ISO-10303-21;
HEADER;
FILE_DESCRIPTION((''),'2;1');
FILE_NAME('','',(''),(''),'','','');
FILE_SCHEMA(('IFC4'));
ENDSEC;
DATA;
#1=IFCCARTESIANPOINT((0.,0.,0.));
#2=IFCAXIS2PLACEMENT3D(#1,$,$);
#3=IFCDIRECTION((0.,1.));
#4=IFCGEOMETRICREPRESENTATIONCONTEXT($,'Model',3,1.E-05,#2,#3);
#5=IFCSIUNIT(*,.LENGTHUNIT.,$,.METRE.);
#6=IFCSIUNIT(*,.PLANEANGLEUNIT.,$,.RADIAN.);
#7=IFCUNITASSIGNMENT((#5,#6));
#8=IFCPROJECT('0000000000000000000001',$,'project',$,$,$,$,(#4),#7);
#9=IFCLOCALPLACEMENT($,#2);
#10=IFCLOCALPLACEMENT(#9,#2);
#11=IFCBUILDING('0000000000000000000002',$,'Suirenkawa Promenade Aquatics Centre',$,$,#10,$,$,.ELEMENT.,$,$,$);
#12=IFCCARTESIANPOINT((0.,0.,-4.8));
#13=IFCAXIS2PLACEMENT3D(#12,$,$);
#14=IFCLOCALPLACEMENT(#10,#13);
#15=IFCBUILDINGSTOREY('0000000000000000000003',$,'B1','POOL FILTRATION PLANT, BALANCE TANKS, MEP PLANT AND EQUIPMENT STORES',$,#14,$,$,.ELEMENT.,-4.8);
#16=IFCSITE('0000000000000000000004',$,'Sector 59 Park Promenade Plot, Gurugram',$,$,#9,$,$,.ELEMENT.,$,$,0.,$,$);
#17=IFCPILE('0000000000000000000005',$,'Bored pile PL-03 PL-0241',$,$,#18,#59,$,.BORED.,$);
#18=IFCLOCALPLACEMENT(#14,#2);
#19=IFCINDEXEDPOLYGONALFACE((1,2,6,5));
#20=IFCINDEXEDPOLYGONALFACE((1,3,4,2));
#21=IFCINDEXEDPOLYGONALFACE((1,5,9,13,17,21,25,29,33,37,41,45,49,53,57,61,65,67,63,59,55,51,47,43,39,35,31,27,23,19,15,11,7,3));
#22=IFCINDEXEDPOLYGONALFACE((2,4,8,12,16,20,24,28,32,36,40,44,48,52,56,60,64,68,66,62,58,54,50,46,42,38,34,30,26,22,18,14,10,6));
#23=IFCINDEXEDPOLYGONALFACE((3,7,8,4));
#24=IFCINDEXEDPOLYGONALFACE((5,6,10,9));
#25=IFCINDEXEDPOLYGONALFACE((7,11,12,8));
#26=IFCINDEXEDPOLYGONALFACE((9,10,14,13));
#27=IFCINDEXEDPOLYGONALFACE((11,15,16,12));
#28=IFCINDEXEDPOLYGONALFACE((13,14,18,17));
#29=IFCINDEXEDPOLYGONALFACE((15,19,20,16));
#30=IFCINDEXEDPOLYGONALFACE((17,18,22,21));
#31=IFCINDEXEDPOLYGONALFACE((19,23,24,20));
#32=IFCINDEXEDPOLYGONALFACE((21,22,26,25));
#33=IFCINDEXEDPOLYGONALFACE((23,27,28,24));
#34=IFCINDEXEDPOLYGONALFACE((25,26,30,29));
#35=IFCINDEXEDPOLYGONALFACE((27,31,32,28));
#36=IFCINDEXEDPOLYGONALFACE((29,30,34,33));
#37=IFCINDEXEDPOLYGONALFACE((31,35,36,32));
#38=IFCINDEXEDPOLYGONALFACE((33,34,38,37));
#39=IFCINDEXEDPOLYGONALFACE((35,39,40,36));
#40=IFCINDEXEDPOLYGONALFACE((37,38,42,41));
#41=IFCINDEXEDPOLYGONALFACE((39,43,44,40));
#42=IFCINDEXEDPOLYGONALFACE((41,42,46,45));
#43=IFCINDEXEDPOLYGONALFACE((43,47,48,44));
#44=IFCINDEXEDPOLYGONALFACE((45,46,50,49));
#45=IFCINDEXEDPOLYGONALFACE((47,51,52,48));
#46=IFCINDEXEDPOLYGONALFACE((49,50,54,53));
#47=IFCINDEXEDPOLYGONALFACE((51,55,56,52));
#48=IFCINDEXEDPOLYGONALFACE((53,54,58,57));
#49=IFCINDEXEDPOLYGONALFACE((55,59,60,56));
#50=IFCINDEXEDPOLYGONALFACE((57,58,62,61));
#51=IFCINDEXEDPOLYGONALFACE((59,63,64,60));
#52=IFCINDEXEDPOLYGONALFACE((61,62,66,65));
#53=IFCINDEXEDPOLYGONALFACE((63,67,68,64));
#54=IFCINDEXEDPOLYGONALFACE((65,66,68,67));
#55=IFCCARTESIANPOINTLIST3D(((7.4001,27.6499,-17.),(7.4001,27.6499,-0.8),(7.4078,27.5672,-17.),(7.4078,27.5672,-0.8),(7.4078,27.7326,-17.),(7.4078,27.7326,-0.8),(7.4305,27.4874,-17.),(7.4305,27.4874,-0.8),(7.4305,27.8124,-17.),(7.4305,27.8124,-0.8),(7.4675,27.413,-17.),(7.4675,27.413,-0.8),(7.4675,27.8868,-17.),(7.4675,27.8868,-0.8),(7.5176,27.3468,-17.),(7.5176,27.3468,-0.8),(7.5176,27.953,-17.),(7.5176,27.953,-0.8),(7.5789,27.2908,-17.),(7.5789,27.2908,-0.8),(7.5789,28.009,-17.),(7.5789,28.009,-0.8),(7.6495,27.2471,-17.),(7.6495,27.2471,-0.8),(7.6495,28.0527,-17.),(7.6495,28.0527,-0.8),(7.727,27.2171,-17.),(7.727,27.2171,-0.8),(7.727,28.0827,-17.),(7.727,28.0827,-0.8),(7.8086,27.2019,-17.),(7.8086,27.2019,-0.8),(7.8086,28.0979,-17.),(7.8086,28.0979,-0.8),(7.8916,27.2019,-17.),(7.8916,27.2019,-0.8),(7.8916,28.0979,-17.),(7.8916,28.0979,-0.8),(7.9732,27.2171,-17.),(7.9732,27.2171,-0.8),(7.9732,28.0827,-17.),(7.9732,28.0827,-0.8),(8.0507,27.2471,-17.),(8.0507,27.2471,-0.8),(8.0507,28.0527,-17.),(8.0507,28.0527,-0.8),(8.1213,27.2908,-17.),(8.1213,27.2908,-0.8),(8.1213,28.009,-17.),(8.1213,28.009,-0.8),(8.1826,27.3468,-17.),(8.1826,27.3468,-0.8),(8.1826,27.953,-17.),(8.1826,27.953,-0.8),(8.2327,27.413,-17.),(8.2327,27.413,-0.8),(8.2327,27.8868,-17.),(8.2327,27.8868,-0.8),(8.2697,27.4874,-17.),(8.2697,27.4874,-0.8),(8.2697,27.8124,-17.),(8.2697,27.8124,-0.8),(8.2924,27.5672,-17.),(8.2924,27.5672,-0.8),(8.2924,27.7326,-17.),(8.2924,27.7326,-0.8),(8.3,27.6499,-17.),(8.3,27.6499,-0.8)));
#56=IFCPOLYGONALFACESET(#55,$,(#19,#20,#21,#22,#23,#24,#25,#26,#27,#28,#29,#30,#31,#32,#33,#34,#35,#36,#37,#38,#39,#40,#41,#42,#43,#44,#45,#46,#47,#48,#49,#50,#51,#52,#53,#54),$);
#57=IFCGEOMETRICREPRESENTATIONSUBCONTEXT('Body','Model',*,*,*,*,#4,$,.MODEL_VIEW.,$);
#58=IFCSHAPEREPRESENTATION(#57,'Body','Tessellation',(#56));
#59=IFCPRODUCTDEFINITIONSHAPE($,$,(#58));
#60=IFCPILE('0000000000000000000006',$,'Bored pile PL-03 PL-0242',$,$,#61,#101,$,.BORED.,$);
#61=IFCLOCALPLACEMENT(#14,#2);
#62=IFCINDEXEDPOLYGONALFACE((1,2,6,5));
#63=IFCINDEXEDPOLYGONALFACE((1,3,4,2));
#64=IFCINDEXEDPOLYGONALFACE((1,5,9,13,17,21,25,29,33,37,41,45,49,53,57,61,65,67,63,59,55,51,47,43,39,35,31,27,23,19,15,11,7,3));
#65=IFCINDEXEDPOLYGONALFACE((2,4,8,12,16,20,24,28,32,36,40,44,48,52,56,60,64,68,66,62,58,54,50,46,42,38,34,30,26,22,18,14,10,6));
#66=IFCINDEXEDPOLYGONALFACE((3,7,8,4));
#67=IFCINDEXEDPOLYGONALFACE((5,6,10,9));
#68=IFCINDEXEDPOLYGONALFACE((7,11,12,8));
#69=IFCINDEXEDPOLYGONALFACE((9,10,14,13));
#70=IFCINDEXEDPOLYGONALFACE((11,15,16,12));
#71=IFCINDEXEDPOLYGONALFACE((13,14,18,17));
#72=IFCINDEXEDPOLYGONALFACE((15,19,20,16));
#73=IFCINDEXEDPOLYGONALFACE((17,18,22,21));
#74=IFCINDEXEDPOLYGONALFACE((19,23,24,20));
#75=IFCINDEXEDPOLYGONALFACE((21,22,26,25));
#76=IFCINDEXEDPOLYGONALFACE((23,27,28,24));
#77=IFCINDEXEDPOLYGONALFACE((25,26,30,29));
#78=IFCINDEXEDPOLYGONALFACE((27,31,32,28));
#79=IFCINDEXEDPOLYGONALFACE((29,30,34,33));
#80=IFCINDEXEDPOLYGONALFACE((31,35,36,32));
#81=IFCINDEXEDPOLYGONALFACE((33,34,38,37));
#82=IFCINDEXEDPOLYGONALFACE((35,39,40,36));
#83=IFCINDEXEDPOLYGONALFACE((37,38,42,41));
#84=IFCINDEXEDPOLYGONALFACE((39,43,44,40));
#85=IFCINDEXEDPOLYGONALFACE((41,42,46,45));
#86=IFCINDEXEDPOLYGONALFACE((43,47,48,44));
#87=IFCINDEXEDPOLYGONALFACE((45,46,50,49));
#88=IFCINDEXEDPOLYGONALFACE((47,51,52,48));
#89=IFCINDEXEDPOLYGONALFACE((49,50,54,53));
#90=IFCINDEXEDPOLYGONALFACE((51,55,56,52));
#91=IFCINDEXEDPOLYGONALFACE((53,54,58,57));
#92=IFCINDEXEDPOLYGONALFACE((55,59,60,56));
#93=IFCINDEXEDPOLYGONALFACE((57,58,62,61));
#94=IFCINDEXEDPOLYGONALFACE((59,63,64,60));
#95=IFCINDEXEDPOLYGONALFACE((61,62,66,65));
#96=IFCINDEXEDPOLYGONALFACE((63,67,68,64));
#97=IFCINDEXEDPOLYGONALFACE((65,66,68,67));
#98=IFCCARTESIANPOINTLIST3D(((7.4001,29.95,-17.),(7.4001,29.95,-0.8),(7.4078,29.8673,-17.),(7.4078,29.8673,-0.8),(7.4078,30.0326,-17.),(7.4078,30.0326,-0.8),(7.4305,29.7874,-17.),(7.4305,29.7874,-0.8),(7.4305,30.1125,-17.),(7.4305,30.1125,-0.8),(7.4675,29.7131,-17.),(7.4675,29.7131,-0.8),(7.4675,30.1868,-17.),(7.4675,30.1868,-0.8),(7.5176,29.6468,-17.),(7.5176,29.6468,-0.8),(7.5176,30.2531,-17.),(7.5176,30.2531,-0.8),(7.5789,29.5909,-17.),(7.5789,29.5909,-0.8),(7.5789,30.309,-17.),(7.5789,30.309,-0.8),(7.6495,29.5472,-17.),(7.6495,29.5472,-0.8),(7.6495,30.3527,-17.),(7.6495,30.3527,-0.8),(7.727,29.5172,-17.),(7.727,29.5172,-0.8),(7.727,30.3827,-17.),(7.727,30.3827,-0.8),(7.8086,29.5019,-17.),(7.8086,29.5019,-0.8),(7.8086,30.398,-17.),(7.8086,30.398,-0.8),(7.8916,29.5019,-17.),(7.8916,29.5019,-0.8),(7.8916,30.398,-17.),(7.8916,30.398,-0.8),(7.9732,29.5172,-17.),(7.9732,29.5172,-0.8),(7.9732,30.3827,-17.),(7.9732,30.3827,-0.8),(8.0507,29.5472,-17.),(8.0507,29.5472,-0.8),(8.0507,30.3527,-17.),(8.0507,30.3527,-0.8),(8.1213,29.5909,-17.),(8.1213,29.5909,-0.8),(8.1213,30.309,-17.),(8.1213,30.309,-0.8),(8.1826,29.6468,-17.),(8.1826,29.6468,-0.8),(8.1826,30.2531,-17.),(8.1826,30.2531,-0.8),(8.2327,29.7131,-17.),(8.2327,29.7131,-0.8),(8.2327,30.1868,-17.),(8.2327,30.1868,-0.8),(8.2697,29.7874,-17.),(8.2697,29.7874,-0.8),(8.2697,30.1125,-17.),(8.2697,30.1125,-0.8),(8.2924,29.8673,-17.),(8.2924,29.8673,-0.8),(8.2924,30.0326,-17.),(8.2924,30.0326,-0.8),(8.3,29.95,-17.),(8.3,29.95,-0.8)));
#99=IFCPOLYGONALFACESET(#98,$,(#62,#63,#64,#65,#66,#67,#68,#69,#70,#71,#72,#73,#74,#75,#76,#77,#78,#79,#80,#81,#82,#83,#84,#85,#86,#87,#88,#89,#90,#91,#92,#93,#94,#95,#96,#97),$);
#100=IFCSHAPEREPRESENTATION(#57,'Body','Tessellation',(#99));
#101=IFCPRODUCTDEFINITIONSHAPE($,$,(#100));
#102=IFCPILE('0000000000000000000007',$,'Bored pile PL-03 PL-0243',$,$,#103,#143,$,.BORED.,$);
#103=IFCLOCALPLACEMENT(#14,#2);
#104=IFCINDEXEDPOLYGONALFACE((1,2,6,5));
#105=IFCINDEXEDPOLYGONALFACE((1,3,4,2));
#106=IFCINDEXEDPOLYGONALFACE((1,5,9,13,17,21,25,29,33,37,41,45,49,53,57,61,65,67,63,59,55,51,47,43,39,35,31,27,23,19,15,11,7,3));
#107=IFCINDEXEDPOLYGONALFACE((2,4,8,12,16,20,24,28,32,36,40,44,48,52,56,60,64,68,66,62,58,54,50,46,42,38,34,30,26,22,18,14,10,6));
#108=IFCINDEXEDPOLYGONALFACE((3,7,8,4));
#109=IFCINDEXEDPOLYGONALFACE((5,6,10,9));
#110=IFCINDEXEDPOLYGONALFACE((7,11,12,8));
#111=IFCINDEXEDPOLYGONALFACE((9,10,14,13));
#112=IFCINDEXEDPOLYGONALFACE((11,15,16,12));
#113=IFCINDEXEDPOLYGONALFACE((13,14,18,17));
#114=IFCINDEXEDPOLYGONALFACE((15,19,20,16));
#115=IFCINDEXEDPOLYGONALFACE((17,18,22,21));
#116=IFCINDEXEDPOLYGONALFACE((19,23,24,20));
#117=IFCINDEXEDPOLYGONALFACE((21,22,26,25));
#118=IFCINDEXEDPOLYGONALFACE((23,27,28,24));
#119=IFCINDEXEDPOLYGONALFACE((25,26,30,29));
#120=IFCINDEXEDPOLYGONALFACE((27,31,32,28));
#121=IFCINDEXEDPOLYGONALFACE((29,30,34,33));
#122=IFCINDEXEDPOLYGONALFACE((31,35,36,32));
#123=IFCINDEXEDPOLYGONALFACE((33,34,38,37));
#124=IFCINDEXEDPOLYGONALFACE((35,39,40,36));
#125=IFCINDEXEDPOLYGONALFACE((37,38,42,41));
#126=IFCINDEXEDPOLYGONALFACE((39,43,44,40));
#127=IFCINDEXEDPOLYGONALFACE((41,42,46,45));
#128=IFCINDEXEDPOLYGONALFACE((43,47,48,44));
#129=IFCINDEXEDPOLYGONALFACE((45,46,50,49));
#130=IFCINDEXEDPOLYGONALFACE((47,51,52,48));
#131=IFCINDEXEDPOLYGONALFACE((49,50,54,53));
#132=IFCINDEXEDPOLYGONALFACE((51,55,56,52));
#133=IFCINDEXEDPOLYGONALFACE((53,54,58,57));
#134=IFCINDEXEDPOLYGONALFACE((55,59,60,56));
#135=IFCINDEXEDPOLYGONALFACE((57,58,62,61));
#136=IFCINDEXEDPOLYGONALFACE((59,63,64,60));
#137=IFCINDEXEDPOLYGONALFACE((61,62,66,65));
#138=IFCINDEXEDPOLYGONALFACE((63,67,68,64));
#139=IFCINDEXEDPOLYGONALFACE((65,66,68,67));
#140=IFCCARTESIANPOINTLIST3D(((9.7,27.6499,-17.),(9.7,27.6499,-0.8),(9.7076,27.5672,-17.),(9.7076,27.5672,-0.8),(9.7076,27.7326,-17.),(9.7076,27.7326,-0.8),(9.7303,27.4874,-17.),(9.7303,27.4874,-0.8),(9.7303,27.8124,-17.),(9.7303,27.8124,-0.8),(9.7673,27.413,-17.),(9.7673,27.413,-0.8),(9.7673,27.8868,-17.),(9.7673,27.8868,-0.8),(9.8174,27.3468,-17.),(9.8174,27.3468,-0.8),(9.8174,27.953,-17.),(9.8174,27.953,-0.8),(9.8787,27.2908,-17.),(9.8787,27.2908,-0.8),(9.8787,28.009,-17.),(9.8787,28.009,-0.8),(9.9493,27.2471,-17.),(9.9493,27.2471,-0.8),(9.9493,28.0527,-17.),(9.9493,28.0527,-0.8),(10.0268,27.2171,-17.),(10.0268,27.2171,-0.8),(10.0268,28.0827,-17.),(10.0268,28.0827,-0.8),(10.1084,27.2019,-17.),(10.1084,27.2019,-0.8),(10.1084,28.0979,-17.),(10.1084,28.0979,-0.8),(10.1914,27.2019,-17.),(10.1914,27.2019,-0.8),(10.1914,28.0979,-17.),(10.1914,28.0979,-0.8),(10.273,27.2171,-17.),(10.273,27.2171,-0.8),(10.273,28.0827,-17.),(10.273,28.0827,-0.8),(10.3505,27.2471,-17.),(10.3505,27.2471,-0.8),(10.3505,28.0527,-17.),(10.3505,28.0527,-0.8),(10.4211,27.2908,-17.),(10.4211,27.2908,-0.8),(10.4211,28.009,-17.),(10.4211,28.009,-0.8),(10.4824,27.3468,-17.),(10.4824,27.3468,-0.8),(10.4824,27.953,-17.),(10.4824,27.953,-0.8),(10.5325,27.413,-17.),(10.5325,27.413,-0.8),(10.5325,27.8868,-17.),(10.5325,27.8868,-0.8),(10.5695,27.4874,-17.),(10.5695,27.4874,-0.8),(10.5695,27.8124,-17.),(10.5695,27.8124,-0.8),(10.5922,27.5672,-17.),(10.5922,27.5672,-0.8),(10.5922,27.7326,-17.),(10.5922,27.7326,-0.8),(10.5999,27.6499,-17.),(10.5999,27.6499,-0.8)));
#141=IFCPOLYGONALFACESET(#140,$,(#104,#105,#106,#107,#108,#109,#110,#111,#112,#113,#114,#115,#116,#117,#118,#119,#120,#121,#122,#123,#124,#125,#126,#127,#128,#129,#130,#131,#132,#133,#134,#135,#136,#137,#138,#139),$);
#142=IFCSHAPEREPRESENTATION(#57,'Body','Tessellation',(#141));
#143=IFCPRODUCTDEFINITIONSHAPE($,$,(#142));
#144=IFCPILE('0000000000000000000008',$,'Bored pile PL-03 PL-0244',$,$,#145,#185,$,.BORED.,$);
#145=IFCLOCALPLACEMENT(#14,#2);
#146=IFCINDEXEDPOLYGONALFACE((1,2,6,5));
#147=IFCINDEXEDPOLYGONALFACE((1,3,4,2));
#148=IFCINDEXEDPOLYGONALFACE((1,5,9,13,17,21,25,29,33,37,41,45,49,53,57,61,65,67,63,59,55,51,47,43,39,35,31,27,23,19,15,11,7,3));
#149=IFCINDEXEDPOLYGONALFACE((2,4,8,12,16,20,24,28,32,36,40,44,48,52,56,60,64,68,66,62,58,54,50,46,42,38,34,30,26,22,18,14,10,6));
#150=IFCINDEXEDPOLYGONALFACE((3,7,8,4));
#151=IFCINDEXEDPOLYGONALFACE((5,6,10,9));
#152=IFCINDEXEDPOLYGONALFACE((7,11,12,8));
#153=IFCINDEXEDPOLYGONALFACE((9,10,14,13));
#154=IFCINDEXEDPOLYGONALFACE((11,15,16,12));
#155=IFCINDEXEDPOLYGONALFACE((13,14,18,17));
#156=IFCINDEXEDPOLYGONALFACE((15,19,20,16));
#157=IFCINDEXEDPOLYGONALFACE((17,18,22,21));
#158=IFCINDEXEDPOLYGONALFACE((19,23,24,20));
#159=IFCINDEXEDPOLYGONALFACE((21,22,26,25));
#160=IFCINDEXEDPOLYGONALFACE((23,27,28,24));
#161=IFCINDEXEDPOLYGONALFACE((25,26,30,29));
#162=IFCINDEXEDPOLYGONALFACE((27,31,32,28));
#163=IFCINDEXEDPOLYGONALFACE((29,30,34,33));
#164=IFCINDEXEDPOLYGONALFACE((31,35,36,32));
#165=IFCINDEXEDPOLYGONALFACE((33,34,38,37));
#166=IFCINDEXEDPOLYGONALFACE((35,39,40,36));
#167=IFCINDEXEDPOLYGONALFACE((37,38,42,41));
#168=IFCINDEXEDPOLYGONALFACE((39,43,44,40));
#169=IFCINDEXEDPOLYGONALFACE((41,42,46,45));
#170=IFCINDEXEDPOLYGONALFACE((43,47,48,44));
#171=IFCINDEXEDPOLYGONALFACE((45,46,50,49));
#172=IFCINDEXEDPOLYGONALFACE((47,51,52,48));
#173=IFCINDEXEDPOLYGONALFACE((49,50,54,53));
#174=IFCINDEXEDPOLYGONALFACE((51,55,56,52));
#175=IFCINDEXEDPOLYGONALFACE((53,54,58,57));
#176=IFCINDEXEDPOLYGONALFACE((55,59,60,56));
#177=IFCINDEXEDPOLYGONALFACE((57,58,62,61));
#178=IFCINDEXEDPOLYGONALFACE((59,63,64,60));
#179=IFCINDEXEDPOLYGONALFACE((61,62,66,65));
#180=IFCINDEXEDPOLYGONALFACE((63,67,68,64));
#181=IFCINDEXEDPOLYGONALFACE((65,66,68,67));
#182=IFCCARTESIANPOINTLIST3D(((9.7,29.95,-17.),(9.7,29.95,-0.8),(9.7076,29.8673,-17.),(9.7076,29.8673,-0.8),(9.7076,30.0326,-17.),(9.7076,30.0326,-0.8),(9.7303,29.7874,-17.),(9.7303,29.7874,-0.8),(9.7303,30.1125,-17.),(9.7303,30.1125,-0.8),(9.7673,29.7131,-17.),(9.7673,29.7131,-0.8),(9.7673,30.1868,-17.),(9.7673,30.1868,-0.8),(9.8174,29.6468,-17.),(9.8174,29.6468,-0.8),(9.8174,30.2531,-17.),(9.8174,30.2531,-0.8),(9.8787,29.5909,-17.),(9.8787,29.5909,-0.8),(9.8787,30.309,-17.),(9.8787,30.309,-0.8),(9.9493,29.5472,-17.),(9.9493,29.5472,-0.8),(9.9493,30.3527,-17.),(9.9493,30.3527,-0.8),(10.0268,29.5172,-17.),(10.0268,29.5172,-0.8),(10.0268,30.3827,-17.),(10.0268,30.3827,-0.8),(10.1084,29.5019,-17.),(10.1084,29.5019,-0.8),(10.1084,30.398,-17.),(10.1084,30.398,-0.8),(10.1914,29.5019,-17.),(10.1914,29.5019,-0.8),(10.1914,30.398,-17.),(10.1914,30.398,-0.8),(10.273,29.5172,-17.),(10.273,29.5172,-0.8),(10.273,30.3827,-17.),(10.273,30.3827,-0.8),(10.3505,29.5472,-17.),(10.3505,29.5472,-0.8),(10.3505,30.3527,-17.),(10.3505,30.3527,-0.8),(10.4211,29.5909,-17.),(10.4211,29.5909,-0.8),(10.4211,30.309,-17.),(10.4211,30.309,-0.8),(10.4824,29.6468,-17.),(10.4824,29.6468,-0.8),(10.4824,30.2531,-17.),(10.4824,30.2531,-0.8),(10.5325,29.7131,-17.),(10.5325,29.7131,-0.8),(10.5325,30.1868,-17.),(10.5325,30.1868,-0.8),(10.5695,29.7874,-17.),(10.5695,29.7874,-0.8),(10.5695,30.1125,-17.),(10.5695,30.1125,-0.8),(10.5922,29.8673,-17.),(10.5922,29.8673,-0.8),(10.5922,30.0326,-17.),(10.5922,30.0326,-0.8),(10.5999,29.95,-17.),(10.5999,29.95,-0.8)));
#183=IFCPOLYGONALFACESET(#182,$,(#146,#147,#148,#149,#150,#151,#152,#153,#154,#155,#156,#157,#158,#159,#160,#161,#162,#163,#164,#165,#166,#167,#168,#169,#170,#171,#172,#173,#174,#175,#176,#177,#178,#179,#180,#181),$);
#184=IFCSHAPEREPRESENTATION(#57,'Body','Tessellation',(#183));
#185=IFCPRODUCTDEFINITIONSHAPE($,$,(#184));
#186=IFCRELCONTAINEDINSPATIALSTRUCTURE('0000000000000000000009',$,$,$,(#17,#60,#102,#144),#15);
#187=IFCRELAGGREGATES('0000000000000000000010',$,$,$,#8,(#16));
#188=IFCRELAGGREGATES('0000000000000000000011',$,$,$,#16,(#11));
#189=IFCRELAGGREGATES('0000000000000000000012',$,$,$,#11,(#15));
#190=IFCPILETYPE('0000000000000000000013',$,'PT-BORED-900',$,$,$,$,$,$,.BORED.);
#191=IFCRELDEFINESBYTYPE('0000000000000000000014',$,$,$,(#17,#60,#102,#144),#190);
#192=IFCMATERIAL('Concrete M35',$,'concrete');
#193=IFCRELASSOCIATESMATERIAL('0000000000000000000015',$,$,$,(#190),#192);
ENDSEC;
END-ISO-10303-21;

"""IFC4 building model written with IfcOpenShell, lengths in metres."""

from ifc_helpers import new_model, si_unit, direction, frame, origin, origin_2d, place, context, subcontext, project, spatial, circle, extrude, material, material_profile, profile_set, type_object, element, save


model = new_model("IFC4")

# Units and contexts
model_context = context("Model", 3, precision=1e-05, world=origin(), true_north=direction((0.0, 1.0)))
body_context = subcontext(model_context, "Body", "Model", "MODEL_VIEW")
ifc_project = project(units=[si_unit("LENGTHUNIT", "METRE"), si_unit("PLANEANGLEUNIT", "RADIAN")], contexts=[model_context])

# Site, building, storey
site_placement = place(None, origin())
site = spatial("IfcSite", under=ifc_project, at=site_placement, Name="Sector 59 Park Promenade Plot, Gurugram", CompositionType="ELEMENT", RefElevation=0.0)
building_placement = place(site_placement, origin())
building = spatial("IfcBuilding", under=site, at=building_placement, Name="Suirenkawa Promenade Aquatics Centre", CompositionType="ELEMENT")
storey_placement = place(building_placement, frame((0.0, 0.0, -4.8)))
storey = spatial("IfcBuildingStorey", under=building, at=storey_placement, Name="B1", Description="POOL FILTRATION PLANT, BALANCE TANKS, MEP PLANT AND EQUIPMENT STORES", CompositionType="ELEMENT", Elevation=-4.8)

# Shared definitions
ifc_material_1 = material(Name="Concrete M35", Category="concrete")

# Piles
ifc_material_profile_1 = material_profile(ifc_material_1, circle(Radius=0.45, at=origin_2d()), Name="PILE D900", Category="concrete")
ifc_profile_set_1 = profile_set([ifc_material_profile_1], Name="Concrete M35")
pile_type = type_object("IfcPileType", Name="PT-BORED-900", PredefinedType="BORED", material=ifc_profile_set_1)
for number, where, z_axis, x_axis, name in (
    (1, (7.8501, 27.6499, -0.8), (0.0, 0.0, -1.0), (1.0, 0.0, 0.0), "Bored pile PL-03 PL-0241"),
    (2, (7.8501, 29.95, -0.8), (0.0, 0.0, -1.0), (1.0, 0.0, 0.0), "Bored pile PL-03 PL-0242"),
    (3, (10.1499, 27.6499, -0.8), (0.0, 0.0, -1.0), (1.0, 0.0, 0.0), "Bored pile PL-03 PL-0243"),
    (4, (10.1499, 29.95, -0.8), (0.0, 0.0, -1.0), (1.0, 0.0, 0.0), "Bored pile PL-03 PL-0244"),
):
    element("IfcPile", number, at=place(storey_placement, frame(where, z_axis=z_axis, x_axis=x_axis)), inside=storey, type_object=pile_type, Name=name, PredefinedType="BORED", context=body_context, shape_type="SweptSolid", body=[
        extrude(circle(Radius=0.45, at=origin_2d()), origin(), (0.0, 0.0, 1.0), 16.2),
    ])

save(model, "model.ifc")
